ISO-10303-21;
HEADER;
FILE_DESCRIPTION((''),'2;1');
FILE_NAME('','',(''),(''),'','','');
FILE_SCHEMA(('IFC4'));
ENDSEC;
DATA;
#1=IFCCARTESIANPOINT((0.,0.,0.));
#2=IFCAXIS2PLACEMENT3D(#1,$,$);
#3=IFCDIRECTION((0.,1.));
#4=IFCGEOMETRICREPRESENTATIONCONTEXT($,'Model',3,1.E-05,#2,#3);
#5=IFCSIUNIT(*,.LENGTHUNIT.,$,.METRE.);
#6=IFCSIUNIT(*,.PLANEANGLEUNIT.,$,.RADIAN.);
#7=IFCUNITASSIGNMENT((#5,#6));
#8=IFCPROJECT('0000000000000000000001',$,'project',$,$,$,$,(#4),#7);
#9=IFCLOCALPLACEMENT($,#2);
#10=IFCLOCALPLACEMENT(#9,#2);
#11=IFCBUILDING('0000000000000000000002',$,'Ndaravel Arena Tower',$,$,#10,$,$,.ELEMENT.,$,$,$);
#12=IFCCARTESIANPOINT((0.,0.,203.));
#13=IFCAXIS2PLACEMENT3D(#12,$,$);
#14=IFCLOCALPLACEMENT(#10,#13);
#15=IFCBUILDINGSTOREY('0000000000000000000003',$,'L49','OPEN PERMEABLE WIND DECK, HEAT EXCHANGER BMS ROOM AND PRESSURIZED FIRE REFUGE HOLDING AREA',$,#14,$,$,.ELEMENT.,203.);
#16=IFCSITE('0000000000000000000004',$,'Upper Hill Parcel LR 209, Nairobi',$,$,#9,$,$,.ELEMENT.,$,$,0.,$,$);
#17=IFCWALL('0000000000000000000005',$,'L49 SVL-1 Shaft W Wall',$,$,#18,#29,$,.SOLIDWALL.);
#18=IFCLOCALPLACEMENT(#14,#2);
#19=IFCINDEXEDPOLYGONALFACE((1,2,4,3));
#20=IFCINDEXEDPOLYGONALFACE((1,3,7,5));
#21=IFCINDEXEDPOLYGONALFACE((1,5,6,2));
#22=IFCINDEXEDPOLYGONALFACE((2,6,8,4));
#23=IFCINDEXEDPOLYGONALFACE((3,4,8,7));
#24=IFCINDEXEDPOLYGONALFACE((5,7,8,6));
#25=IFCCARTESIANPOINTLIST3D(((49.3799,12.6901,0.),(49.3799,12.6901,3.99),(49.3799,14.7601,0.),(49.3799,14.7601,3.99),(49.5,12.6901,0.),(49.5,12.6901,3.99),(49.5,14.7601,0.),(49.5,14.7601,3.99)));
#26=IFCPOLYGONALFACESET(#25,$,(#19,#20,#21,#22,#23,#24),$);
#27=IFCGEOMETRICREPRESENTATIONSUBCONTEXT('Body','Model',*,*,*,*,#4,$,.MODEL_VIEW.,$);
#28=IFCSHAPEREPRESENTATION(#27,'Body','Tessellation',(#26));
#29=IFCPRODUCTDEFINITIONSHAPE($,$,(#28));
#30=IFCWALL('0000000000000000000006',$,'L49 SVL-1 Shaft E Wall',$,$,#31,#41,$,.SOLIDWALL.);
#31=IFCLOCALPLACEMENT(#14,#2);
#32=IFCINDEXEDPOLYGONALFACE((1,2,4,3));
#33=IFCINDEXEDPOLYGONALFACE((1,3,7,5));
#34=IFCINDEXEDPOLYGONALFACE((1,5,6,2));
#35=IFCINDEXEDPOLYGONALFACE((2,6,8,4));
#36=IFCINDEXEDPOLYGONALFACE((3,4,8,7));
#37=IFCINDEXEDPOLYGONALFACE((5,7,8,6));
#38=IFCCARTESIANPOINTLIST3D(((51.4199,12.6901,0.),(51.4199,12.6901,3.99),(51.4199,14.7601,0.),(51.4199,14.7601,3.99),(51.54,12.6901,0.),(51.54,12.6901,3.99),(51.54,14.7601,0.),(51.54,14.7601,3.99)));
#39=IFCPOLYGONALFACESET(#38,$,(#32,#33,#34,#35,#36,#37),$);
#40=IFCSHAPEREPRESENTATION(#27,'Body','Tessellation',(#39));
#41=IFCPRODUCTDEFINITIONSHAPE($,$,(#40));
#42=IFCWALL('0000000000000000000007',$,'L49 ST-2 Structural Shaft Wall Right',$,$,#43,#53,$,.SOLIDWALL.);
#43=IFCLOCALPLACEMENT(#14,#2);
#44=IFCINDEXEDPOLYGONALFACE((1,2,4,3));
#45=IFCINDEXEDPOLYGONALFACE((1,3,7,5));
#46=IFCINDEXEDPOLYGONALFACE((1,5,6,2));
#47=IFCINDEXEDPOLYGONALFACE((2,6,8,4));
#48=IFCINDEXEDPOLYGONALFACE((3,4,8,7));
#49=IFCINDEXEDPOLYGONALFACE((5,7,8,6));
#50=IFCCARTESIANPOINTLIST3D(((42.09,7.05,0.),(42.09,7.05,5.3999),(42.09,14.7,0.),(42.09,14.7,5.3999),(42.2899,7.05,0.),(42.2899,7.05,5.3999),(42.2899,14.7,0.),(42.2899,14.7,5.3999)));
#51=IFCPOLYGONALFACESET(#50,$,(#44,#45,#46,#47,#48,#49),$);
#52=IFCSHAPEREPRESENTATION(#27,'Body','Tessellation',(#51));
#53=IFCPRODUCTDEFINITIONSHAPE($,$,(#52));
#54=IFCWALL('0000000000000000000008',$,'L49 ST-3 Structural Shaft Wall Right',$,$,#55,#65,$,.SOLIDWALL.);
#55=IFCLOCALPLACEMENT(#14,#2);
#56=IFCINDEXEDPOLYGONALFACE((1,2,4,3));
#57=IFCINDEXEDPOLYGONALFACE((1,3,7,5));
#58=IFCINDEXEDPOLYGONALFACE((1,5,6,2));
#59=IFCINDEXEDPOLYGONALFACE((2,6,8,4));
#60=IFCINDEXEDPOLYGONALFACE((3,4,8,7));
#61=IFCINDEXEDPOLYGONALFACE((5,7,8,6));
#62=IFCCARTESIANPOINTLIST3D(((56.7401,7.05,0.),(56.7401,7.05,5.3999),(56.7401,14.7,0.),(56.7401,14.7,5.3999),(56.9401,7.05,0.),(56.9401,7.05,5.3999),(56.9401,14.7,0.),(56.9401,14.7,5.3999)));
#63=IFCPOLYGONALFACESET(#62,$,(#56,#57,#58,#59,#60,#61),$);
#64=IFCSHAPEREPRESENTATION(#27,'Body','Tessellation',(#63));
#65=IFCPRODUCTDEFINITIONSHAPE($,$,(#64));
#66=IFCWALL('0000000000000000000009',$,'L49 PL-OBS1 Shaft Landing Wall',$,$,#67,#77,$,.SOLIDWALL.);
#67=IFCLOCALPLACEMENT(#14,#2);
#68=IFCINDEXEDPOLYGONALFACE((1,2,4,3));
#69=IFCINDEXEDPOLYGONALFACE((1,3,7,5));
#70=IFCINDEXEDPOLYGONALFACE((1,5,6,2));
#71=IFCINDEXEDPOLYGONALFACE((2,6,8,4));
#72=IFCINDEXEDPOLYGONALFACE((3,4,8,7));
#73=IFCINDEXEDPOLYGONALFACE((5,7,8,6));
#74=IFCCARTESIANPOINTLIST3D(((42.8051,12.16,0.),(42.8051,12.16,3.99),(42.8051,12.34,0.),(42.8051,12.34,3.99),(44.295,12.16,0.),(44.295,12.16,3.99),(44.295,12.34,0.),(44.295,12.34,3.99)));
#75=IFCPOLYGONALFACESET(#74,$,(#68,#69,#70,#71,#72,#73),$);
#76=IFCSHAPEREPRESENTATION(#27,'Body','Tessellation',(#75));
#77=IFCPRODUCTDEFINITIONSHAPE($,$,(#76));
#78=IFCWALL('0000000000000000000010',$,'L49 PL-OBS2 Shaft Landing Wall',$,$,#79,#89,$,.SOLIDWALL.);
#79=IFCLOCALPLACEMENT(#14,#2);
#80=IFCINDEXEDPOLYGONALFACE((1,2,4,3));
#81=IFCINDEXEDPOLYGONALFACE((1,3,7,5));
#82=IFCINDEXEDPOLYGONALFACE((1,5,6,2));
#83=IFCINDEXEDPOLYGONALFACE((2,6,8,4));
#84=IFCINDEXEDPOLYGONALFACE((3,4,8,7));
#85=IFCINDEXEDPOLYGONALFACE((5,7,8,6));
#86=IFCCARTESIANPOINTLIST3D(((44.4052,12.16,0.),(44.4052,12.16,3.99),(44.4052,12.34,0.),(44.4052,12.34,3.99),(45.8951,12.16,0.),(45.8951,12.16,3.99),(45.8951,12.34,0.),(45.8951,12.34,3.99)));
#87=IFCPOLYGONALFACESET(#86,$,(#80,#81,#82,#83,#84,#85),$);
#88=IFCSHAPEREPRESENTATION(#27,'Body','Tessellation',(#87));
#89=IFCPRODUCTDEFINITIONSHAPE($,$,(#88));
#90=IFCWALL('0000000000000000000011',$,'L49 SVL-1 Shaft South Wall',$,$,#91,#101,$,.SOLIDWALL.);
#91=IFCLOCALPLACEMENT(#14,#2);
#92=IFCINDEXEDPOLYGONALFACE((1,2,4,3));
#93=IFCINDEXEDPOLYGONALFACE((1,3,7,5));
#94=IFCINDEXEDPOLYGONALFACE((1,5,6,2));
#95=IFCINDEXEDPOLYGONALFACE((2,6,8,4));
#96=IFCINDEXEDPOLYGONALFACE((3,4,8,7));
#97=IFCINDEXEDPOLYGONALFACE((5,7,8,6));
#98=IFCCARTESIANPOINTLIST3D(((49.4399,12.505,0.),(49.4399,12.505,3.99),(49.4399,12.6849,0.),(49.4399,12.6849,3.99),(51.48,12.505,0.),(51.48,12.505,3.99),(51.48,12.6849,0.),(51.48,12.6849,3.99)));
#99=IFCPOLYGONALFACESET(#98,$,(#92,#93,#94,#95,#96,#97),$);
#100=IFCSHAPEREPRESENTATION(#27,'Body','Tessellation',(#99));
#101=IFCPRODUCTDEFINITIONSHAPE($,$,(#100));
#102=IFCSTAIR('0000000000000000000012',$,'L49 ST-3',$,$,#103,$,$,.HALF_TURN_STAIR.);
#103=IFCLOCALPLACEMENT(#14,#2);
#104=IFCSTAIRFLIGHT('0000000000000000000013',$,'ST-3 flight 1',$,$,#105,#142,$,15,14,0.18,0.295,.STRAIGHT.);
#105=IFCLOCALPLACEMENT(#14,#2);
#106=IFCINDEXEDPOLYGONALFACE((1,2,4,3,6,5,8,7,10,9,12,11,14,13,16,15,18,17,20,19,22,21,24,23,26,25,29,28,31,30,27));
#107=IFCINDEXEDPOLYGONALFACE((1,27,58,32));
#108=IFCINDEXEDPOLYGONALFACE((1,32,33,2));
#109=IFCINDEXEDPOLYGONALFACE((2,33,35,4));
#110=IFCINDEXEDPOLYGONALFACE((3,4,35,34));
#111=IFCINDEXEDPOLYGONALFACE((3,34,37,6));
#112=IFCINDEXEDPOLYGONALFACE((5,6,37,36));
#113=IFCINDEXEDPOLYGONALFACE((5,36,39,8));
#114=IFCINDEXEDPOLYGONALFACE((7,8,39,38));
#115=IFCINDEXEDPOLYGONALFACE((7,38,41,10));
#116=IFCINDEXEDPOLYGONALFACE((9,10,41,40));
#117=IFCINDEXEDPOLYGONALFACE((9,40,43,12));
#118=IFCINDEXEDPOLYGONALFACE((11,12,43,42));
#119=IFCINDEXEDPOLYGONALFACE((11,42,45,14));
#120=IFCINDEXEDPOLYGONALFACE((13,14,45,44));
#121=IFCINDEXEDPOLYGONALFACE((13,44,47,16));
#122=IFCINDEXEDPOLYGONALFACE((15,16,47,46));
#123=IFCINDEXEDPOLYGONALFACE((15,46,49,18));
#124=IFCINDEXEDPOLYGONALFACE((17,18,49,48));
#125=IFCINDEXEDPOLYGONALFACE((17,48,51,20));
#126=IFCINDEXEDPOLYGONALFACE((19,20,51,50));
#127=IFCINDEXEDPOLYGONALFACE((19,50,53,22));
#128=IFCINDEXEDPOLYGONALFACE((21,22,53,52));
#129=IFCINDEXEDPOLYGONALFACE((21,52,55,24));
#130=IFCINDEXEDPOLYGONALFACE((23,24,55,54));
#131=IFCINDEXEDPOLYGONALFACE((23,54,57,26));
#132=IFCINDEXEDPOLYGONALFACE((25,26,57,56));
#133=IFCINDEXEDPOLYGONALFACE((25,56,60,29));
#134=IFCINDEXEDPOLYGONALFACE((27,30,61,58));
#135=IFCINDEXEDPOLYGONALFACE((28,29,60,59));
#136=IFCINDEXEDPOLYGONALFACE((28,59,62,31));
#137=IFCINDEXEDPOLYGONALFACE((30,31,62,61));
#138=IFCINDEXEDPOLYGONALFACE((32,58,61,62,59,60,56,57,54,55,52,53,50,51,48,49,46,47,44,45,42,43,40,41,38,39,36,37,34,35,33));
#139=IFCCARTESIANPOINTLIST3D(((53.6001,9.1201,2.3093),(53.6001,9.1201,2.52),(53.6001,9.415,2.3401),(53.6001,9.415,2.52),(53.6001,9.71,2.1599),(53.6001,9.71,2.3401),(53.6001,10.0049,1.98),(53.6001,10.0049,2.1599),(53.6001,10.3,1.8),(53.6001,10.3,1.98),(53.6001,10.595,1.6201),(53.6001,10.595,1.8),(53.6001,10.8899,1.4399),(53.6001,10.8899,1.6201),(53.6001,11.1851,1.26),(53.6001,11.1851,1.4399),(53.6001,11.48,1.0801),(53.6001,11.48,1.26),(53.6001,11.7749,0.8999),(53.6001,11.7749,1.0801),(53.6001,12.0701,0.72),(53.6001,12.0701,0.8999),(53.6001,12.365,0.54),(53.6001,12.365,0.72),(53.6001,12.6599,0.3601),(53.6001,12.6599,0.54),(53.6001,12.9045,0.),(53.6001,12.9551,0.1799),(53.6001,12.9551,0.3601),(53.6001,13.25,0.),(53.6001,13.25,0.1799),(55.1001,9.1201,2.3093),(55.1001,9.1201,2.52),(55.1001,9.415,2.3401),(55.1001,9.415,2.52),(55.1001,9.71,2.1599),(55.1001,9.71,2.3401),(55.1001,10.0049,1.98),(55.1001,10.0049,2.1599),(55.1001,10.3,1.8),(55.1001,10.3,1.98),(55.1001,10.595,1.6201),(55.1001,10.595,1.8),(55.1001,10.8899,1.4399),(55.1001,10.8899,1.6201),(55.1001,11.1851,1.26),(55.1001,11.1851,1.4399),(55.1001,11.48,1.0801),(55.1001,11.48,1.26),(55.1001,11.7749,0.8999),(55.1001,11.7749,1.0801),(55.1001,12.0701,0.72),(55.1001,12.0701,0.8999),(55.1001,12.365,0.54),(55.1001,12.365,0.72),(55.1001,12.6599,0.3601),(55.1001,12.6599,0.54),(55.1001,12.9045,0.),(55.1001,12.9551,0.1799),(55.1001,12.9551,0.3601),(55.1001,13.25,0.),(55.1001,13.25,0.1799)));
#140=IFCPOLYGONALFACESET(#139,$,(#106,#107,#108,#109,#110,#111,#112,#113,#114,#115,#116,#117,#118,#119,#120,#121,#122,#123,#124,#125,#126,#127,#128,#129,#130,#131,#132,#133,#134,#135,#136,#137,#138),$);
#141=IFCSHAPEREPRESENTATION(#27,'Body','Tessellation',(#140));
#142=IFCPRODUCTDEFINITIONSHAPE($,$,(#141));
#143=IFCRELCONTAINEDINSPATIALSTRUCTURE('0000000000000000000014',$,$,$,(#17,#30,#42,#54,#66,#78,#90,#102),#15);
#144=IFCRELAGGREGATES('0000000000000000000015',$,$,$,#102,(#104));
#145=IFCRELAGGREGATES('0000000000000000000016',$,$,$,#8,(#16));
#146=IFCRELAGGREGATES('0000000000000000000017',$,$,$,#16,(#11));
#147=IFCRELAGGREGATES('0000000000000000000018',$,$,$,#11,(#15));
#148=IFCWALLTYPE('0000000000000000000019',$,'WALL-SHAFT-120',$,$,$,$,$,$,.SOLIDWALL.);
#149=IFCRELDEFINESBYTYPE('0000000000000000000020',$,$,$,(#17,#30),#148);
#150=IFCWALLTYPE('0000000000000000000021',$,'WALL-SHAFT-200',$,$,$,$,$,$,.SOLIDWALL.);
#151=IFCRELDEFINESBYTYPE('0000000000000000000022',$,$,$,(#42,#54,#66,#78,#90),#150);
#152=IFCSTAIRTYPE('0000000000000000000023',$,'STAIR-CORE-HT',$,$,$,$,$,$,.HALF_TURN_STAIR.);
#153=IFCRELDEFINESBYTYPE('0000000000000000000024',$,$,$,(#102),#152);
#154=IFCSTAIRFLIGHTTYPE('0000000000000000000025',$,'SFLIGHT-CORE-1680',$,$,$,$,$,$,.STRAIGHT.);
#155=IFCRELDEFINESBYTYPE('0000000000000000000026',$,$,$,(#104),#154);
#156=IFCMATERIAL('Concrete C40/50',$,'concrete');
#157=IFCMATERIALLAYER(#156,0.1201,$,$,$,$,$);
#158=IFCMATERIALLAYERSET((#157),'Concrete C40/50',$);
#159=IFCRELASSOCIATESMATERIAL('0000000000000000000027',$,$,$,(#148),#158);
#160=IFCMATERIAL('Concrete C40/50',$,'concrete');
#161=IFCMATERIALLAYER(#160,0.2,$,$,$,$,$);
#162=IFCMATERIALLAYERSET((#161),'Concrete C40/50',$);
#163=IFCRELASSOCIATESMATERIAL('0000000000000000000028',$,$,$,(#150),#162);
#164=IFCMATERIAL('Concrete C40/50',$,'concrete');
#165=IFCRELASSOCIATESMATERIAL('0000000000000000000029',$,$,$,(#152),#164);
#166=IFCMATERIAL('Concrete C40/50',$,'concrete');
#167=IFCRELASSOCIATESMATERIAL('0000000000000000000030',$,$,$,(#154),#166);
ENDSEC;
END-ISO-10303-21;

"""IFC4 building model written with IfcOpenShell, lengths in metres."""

from ifc_helpers import new_model, si_unit, direction, frame, frame_2d, origin, place, context, subcontext, project, spatial, polyline, rectangle, outline, extrude, material, layer, layer_set, type_object, element, aggregate, save


model = new_model("IFC4")

# Units and contexts
model_context = context("Model", 3, precision=1e-05, world=origin(), true_north=direction((0.0, 1.0)))
body_context = subcontext(model_context, "Body", "Model", "MODEL_VIEW")
ifc_project = project(units=[si_unit("LENGTHUNIT", "METRE"), si_unit("PLANEANGLEUNIT", "RADIAN")], contexts=[model_context])

# Site, building, storey
site_placement = place(None, origin())
site = spatial("IfcSite", under=ifc_project, at=site_placement, Name="Upper Hill Parcel LR 209, Nairobi", CompositionType="ELEMENT", RefElevation=0.0)
building_placement = place(site_placement, origin())
building = spatial("IfcBuilding", under=site, at=building_placement, Name="Ndaravel Arena Tower", CompositionType="ELEMENT")
storey_placement = place(building_placement, frame((0.0, 0.0, 203.0)))
storey = spatial("IfcBuildingStorey", under=building, at=storey_placement, Name="L49", Description="OPEN PERMEABLE WIND DECK, HEAT EXCHANGER BMS ROOM AND PRESSURIZED FIRE REFUGE HOLDING AREA", CompositionType="ELEMENT", Elevation=203.0)

# Walls
ifc_material_1 = material(Name="Concrete C40/50", Category="concrete")
ifc_layer_1 = layer(ifc_material_1, 0.1201)
ifc_layer_set_1 = layer_set([ifc_layer_1], Name="Concrete C40/50")
wall_type_1 = type_object("IfcWallType", Name="WALL-SHAFT-120", PredefinedType="SOLIDWALL", material=ifc_layer_set_1)
for number, where, z_axis, x_axis, name in (
    (1, (49.4399, 12.6899, 0.0), (0.0, 0.0, 1.0), (0.0, 1.0, 0.0), "L49 SVL-1 Shaft W Wall"),
    (2, (51.48, 12.6899, 0.0), (0.0, 0.0, 1.0), (0.0, 1.0, 0.0), "L49 SVL-1 Shaft E Wall"),
):
    element("IfcWall", number, at=place(storey_placement, frame(where, z_axis=z_axis, x_axis=x_axis)), inside=storey, type_object=wall_type_1, Name=name, PredefinedType="SOLIDWALL", context=body_context, shape_type="SweptSolid", body=[
        extrude(rectangle(XDim=2.0701, YDim=0.1201, at=frame_2d((1.0352, 0.0))), origin(), (0.0, 0.0, 1.0), 3.99),
    ])
ifc_material_2 = material(Name="Concrete C40/50", Category="concrete")
ifc_layer_2 = layer(ifc_material_2, 0.2)
ifc_layer_set_2 = layer_set([ifc_layer_2], Name="Concrete C40/50")
wall_type_2 = type_object("IfcWallType", Name="WALL-SHAFT-200", PredefinedType="SOLIDWALL", material=ifc_layer_set_2)
for number, where, z_axis, x_axis, name in (
    (3, (42.1899, 14.7, 0.0), (0.0, 0.0, 1.0), (0.0, -1.0, 0.0), "L49 ST-2 Structural Shaft Wall Right"),
    (4, (56.8401, 14.7, 0.0), (0.0, 0.0, 1.0), (0.0, -1.0, 0.0), "L49 ST-3 Structural Shaft Wall Right"),
):
    element("IfcWall", number, at=place(storey_placement, frame(where, z_axis=z_axis, x_axis=x_axis)), inside=storey, type_object=wall_type_2, Name=name, PredefinedType="SOLIDWALL", context=body_context, shape_type="SweptSolid", body=[
        extrude(rectangle(XDim=7.6499, YDim=0.2, at=frame_2d((3.825, 0.0))), origin(), (0.0, 0.0, 1.0), 5.3999),
    ])
for number, where, z_axis, x_axis, name in (
    (5, (42.8049, 12.25, 0.0), (0.0, 0.0, 1.0), (1.0, 0.0, 0.0), "L49 PL-OBS1 Shaft Landing Wall"),
    (6, (44.405, 12.25, 0.0), (0.0, 0.0, 1.0), (1.0, 0.0, 0.0), "L49 PL-OBS2 Shaft Landing Wall"),
):
    element("IfcWall", number, at=place(storey_placement, frame(where, z_axis=z_axis, x_axis=x_axis)), inside=storey, type_object=wall_type_2, Name=name, PredefinedType="SOLIDWALL", context=body_context, shape_type="SweptSolid", body=[
        extrude(rectangle(XDim=1.49, YDim=0.1799, at=frame_2d((0.7451, 0.0))), origin(), (0.0, 0.0, 1.0), 3.99),
    ])
wall_1_placement = place(storey_placement, frame((49.4399, 12.595, 0.0), z_axis=(0.0, 0.0, 1.0), x_axis=(1.0, 0.0, 0.0)))
element("IfcWall", 7, at=wall_1_placement, inside=storey, type_object=wall_type_2, Name="L49 SVL-1 Shaft South Wall", PredefinedType="SOLIDWALL", context=body_context, shape_type="SweptSolid", body=[
    extrude(rectangle(XDim=2.04, YDim=0.1799, at=frame_2d((1.02, 0.0))), origin(), (0.0, 0.0, 1.0), 3.99),
])

# Stair, stair flight
ifc_material_3 = material(Name="Concrete C40/50", Category="concrete")
stair_type = type_object("IfcStairType", Name="STAIR-CORE-HT", PredefinedType="HALF_TURN_STAIR", material=ifc_material_3)
stair_placement = place(storey_placement, origin())
stair = element("IfcStair", 8, at=stair_placement, inside=storey, type_object=stair_type, Name="L49 ST-3", PredefinedType="HALF_TURN_STAIR")
ifc_material_4 = material(Name="Concrete C40/50", Category="concrete")
stair_flight_type = type_object("IfcStairFlightType", Name="SFLIGHT-CORE-1680", PredefinedType="STRAIGHT", material=ifc_material_4)
stair_flight_placement = place(storey_placement, frame((54.3501, 13.25, 0.0), z_axis=(0.0, 0.0, 1.0), x_axis=(0.0, -1.0, 0.0)))
stair_flight = element("IfcStairFlight", 9, at=stair_flight_placement, type_object=stair_flight_type, Name="ST-3 flight 1", NumberOfRisers=15, NumberOfTreads=14, PredefinedType="STRAIGHT", RiserHeight=0.18, TreadLength=0.295, context=body_context, shape_type="SweptSolid", body=[
    extrude(outline(polyline([(0.0, 0.0), (0.0, 0.1799), (0.2949, 0.1799), (0.2949, 0.3601), (0.5901, 0.3601), (0.5901, 0.54), (0.885, 0.54), (0.885, 0.72), (1.1799, 0.72), (1.1799, 0.8999), (1.4751, 0.8999), (1.4751, 1.0801), (1.77, 1.0801), (1.77, 1.26), (2.0649, 1.26), (2.0649, 1.4399), (2.3601, 1.4399), (2.3601, 1.6201), (2.655, 1.6201), (2.655, 1.8), (2.95, 1.8), (2.95, 1.98), (3.2451, 1.98), (3.2451, 2.1599), (3.54, 2.1599), (3.54, 2.3401), (3.835, 2.3401), (3.835, 2.52), (4.1299, 2.52), (4.1299, 2.7), (4.1299, 2.3093), (0.3455, 0.0), (0.0, 0.0)])), frame((0.0, 0.75, 0.0), z_axis=(0.0, -1.0, 0.0), x_axis=(1.0, 0.0, 0.0)), (0.0, 0.0, 1.0), 1.5),
])
aggregate(stair, [stair_flight])

save(model, "model.ifc")
